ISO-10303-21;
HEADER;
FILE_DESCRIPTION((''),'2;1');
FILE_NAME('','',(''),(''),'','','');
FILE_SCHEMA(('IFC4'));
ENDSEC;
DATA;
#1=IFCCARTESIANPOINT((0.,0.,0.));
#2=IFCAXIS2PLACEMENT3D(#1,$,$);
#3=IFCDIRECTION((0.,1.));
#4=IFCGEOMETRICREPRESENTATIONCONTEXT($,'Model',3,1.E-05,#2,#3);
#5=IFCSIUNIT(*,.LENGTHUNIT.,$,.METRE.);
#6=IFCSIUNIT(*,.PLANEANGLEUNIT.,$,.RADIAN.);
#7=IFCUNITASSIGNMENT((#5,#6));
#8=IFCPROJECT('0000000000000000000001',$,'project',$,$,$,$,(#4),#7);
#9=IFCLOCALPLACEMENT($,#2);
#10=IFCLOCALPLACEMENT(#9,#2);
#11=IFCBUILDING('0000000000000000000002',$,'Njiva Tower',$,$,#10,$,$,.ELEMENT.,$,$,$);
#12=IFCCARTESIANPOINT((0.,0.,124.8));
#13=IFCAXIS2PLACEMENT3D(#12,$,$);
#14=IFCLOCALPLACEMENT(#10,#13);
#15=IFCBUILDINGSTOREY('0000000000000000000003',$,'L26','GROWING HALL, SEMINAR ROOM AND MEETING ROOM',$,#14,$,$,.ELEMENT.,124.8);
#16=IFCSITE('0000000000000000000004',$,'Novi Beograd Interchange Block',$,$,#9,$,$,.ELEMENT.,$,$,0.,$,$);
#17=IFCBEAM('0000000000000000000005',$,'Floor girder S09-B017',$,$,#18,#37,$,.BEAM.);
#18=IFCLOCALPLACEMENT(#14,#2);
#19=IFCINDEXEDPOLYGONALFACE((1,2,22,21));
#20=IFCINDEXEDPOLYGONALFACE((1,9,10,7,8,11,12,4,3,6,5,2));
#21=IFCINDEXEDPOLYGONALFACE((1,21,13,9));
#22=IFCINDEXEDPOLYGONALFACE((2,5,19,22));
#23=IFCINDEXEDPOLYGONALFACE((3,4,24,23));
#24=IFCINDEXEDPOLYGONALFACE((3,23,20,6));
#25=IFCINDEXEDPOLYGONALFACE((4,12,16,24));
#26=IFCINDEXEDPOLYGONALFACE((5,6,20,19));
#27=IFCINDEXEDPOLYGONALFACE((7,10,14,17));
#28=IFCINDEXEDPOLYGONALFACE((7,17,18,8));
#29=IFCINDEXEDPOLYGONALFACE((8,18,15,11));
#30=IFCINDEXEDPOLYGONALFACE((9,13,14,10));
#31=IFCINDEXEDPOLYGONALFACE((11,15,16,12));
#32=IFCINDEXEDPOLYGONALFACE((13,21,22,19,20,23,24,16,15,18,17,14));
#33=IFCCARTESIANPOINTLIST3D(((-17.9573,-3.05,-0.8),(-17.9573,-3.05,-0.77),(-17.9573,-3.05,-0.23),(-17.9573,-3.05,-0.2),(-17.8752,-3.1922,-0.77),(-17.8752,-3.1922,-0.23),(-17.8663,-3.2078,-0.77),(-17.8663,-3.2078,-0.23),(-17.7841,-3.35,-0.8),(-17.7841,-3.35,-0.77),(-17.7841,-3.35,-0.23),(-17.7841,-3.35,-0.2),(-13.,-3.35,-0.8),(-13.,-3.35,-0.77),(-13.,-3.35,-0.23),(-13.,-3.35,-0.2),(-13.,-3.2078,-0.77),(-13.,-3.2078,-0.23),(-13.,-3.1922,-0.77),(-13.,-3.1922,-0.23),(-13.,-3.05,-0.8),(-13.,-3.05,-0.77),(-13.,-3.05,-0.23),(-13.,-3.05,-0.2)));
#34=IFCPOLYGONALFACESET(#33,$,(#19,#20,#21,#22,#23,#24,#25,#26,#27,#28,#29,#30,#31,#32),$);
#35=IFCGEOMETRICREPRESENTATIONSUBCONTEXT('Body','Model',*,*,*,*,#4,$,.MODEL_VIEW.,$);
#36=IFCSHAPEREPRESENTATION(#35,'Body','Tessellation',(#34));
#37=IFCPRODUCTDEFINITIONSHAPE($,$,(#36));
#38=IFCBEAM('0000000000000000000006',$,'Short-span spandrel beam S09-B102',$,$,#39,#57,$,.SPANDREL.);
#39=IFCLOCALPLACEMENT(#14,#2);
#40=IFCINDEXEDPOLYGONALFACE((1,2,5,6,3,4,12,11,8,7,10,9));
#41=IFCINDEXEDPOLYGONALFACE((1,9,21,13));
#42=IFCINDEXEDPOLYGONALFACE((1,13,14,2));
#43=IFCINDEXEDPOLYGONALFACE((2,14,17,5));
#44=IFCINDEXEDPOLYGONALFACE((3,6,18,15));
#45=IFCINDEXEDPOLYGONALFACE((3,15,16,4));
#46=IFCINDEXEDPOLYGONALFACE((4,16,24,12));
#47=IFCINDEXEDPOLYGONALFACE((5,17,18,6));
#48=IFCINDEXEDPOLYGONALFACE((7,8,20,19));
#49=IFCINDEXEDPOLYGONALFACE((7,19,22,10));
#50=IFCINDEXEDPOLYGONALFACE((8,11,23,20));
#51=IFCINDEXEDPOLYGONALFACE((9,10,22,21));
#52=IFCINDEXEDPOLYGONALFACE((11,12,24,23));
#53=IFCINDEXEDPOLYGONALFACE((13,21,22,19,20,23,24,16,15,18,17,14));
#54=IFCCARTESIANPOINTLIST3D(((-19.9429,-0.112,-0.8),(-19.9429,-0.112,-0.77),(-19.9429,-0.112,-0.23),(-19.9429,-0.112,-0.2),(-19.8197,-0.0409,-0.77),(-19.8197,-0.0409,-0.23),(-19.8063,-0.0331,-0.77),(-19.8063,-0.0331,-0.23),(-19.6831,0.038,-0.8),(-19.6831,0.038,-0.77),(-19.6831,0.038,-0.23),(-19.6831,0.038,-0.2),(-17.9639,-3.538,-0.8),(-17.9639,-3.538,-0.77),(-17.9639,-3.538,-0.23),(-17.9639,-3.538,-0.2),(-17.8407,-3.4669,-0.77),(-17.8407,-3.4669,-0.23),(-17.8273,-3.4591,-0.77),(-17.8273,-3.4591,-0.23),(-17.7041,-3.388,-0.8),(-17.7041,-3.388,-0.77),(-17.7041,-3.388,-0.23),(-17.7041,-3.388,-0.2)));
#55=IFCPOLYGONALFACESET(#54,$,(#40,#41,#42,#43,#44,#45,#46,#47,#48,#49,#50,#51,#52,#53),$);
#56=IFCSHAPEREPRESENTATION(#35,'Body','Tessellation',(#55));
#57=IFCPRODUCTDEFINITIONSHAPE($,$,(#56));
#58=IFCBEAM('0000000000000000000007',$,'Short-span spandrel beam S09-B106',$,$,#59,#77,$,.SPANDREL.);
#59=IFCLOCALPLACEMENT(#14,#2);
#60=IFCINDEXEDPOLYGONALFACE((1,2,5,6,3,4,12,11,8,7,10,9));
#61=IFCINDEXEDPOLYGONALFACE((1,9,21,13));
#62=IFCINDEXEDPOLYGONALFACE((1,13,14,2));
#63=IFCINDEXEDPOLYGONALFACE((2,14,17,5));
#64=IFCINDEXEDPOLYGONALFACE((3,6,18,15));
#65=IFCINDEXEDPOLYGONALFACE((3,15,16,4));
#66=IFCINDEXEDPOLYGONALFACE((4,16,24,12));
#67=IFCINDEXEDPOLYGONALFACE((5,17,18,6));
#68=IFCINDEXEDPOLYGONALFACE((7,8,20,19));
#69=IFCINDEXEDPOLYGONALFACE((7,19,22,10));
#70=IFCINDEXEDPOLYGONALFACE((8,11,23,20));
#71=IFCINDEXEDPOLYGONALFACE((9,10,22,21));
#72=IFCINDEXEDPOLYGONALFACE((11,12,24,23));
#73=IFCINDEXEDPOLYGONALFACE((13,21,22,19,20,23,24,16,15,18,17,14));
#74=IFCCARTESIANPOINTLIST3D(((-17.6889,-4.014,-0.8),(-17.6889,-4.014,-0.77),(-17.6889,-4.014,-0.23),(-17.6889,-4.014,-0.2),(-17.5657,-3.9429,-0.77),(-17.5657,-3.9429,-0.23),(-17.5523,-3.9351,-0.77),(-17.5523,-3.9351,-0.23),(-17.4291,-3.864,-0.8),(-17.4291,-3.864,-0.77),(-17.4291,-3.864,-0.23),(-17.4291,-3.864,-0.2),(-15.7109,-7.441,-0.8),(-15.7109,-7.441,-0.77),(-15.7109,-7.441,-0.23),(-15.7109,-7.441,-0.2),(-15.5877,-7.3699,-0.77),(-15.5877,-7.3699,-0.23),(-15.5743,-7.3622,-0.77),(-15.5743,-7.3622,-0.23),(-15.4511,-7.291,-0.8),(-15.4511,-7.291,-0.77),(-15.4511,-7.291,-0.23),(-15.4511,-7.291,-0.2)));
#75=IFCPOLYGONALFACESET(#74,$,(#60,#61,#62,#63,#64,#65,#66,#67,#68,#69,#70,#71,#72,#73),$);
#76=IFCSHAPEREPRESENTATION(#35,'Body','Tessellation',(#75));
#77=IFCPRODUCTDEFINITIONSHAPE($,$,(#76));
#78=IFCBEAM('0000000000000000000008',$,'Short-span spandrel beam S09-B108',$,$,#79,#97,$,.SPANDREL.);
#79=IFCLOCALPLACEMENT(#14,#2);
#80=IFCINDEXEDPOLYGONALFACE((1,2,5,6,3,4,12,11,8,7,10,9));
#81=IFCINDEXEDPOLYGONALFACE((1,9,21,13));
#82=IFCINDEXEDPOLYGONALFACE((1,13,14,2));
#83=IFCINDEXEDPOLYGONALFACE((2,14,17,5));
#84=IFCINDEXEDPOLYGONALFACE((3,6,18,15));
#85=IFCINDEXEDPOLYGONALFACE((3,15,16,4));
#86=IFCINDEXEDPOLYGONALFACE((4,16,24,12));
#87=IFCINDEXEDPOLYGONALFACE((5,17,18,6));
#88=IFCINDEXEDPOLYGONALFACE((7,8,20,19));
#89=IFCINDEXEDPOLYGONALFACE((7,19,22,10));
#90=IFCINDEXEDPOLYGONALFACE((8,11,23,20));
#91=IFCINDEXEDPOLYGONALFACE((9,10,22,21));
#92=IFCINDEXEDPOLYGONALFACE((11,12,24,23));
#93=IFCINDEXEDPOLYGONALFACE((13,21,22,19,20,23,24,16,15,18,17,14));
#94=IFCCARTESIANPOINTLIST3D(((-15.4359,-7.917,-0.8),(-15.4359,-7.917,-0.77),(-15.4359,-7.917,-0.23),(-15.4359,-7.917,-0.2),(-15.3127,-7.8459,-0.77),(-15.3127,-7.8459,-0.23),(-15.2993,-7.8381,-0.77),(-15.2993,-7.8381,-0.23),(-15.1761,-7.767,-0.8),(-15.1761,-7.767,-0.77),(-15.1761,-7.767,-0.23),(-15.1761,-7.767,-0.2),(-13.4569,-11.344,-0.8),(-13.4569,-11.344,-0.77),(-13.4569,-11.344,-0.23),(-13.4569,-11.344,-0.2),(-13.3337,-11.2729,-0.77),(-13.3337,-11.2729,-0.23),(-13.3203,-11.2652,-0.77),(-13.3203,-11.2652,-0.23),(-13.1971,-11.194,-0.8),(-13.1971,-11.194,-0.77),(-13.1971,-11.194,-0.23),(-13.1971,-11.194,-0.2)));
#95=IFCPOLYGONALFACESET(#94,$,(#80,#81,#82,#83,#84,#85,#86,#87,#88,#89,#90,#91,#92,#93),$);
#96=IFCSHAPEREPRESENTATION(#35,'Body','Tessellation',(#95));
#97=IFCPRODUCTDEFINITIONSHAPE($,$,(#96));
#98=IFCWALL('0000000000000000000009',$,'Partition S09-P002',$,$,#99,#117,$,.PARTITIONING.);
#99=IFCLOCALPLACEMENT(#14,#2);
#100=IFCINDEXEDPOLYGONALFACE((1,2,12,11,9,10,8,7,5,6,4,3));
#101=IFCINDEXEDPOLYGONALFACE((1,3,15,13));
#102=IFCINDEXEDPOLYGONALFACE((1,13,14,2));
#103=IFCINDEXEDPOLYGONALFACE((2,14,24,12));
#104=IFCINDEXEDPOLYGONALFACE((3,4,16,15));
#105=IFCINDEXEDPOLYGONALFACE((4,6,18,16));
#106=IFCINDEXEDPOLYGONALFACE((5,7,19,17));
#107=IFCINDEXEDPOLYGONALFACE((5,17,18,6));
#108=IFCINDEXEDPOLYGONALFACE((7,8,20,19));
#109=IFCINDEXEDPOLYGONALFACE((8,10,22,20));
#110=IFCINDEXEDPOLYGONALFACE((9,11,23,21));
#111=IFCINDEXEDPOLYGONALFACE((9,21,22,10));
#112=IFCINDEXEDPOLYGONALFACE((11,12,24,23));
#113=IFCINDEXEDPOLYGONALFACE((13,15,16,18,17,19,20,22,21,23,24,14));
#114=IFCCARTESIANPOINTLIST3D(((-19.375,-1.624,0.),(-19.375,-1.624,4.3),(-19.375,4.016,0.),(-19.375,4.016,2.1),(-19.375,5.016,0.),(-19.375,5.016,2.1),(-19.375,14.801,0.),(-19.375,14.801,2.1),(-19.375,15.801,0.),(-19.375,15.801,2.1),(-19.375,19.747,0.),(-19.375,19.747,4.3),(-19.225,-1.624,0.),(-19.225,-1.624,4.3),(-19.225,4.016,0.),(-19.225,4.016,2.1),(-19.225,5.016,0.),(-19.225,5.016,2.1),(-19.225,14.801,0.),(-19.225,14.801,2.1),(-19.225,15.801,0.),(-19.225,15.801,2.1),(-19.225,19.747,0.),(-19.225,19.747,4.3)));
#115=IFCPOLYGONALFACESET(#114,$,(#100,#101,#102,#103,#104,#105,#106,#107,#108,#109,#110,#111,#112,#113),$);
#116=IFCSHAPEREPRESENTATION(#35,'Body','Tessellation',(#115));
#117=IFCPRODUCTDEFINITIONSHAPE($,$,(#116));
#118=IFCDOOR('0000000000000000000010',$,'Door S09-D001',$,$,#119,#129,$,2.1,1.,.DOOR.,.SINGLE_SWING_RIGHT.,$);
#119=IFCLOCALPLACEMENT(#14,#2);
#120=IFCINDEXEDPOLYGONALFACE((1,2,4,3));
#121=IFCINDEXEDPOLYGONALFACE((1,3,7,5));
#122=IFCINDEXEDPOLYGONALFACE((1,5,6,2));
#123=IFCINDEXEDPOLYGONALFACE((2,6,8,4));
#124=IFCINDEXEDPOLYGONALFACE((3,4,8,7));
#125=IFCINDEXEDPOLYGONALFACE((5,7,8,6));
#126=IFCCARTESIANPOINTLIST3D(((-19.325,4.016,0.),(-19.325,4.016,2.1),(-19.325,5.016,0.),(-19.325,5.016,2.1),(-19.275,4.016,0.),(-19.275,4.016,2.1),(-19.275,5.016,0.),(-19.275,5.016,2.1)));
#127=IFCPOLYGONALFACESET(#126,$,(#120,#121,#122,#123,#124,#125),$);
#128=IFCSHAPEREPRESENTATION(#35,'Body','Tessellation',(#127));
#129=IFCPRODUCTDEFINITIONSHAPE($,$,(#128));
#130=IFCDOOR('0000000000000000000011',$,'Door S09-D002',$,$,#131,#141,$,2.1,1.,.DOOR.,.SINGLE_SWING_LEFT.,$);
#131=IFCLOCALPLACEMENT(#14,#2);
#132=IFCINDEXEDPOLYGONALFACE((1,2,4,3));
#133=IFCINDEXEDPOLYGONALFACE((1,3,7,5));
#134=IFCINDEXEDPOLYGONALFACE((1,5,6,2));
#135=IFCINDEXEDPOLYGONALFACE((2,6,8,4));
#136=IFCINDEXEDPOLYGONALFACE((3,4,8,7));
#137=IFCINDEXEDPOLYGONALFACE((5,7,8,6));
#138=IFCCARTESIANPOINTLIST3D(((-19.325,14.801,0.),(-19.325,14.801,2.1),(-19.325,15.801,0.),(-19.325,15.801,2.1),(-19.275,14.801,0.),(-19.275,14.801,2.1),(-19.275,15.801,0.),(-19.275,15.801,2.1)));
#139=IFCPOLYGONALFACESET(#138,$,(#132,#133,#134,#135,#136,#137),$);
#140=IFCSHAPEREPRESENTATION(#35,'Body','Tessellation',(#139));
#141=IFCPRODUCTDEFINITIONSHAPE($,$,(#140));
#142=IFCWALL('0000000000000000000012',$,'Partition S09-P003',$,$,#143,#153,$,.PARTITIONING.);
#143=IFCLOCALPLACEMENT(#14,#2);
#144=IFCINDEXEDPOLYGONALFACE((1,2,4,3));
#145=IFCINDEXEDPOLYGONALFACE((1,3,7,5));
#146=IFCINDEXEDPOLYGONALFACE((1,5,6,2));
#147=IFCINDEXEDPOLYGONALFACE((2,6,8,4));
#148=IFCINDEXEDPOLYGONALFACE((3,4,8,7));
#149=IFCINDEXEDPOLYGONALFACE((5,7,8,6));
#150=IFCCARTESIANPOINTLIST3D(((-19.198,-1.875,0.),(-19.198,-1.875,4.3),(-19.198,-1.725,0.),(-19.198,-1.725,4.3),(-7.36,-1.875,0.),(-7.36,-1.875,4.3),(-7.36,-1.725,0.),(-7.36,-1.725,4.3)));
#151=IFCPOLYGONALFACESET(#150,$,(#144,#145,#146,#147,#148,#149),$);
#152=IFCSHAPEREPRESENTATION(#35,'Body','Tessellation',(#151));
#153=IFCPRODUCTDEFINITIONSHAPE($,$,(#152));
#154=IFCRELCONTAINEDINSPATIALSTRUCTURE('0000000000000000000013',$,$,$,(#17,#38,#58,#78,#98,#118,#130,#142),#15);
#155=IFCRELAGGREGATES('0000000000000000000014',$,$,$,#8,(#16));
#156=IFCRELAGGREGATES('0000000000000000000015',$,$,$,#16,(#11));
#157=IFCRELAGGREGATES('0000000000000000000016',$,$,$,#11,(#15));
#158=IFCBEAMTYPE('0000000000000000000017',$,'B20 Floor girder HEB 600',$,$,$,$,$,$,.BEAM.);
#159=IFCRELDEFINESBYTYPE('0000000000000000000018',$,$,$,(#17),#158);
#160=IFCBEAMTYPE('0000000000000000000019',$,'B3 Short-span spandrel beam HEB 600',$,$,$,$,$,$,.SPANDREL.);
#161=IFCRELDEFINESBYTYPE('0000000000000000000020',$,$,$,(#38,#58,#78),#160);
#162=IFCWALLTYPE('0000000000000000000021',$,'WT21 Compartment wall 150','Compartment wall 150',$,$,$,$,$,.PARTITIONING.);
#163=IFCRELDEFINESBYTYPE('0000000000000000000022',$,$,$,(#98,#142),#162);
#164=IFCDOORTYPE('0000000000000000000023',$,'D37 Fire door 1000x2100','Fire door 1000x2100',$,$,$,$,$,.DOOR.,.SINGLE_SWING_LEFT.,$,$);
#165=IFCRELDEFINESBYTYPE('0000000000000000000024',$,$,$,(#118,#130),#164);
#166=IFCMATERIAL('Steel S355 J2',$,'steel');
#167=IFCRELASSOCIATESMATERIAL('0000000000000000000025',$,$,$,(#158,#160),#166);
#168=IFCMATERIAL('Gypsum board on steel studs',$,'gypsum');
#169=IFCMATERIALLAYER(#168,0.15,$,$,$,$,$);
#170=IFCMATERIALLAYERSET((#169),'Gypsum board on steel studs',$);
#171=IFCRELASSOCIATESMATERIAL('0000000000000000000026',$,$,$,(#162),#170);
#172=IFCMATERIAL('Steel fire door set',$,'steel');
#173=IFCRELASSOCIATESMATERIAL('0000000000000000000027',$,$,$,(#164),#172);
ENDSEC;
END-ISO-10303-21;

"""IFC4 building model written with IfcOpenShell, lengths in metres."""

from ifc_helpers import new_model, si_unit, direction, frame, frame_2d, origin, origin_2d, place, context, subcontext, project, spatial, rectangle, i_section, extrude, clip, halfspace, material, layer, layer_set, material_profile, profile_set, type_object, element, fill, save


model = new_model("IFC4")

# Units and contexts
model_context = context("Model", 3, precision=1e-05, world=origin(), true_north=direction((0.0, 1.0)))
body_context = subcontext(model_context, "Body", "Model", "MODEL_VIEW")
ifc_project = project(units=[si_unit("LENGTHUNIT", "METRE"), si_unit("PLANEANGLEUNIT", "RADIAN")], contexts=[model_context])

# Site, building, storey
site_placement = place(None, origin())
site = spatial("IfcSite", under=ifc_project, at=site_placement, Name="Novi Beograd Interchange Block", CompositionType="ELEMENT", RefElevation=0.0)
building_placement = place(site_placement, origin())
building = spatial("IfcBuilding", under=site, at=building_placement, Name="Njiva Tower", CompositionType="ELEMENT")
storey_placement = place(building_placement, frame((0.0, 0.0, 124.8)))
storey = spatial("IfcBuildingStorey", under=building, at=storey_placement, Name="L26", Description="GROWING HALL, SEMINAR ROOM AND MEETING ROOM", CompositionType="ELEMENT", Elevation=124.8)

# Shared definitions
ifc_material_1 = material(Name="Steel S355 J2", Category="steel")

# Beams
ifc_material_profile_1 = material_profile(ifc_material_1, i_section(OverallWidth=0.3, OverallDepth=0.6, WebThickness=0.0155, FlangeThickness=0.03, at=origin_2d()), Name="HEB 600")
ifc_profile_set_1 = profile_set([ifc_material_profile_1], Name="Steel S355 J2")
beam_type_1 = type_object("IfcBeamType", Name="B20 Floor girder HEB 600", PredefinedType="BEAM", material=ifc_profile_set_1)
beam_1_placement = place(storey_placement, frame((-17.978, -3.2, -0.5), z_axis=(1.0, 0.0, 0.0), x_axis=(0.0, 1.0, 0.0)))
element("IfcBeam", 1, at=beam_1_placement, inside=storey, type_object=beam_type_1, Name="Floor girder S09-B017", PredefinedType="BEAM", context=body_context, shape_type="Clipping", body=[
    clip(extrude(i_section(OverallWidth=0.3, OverallDepth=0.6, WebThickness=0.0155, FlangeThickness=0.03, at=origin_2d()), origin(), (0.0, 0.0, 1.0), 4.978), halfspace(frame((-0.025, 0.0, 0.1217), z_axis=(-0.499998, 0.0, -0.866027), x_axis=(0.0, -1.0, 0.0)), False)),
])
ifc_material_profile_2 = material_profile(ifc_material_1, i_section(OverallWidth=0.3, OverallDepth=0.6, WebThickness=0.0155, FlangeThickness=0.03, at=origin_2d()), Name="HEB 600")
ifc_profile_set_2 = profile_set([ifc_material_profile_2], Name="Steel S355 J2")
beam_type_2 = type_object("IfcBeamType", Name="B3 Short-span spandrel beam HEB 600", PredefinedType="SPANDREL", material=ifc_profile_set_2)
beam_2_placement = place(storey_placement, frame((-19.813, -0.037, -0.5), z_axis=(0.500189, -0.865916, 0.0), x_axis=(0.865916, 0.500189, 0.0)))
element("IfcBeam", 2, at=beam_2_placement, inside=storey, type_object=beam_type_2, Name="Short-span spandrel beam S09-B102", PredefinedType="SPANDREL", context=body_context, shape_type="SweptSolid", body=[
    extrude(i_section(OverallWidth=0.3, OverallDepth=0.6, WebThickness=0.0155, FlangeThickness=0.03, at=origin_2d()), origin(), (0.0, 0.0, 1.0), 3.9565),
])
beam_3_placement = place(storey_placement, frame((-17.559, -3.939, -0.5), z_axis=(0.49989, -0.866089, 0.0), x_axis=(0.866089, 0.49989, 0.0)))
element("IfcBeam", 3, at=beam_3_placement, inside=storey, type_object=beam_type_2, Name="Short-span spandrel beam S09-B106", PredefinedType="SPANDREL", context=body_context, shape_type="SweptSolid", body=[
    extrude(i_section(OverallWidth=0.3, OverallDepth=0.6, WebThickness=0.0155, FlangeThickness=0.03, at=origin_2d()), origin(), (0.0, 0.0, 1.0), 3.9569),
])
beam_4_placement = place(storey_placement, frame((-15.306, -7.842, -0.5), z_axis=(0.50008, -0.865979, 0.0), x_axis=(0.865979, 0.50008, 0.0)))
element("IfcBeam", 4, at=beam_4_placement, inside=storey, type_object=beam_type_2, Name="Short-span spandrel beam S09-B108", PredefinedType="SPANDREL", context=body_context, shape_type="SweptSolid", body=[
    extrude(i_section(OverallWidth=0.3, OverallDepth=0.6, WebThickness=0.0155, FlangeThickness=0.03, at=origin_2d()), origin(), (0.0, 0.0, 1.0), 3.9574),
])

# Wall, openings, doors
ifc_material_2 = material(Name="Gypsum board on steel studs", Category="gypsum")
ifc_layer = layer(ifc_material_2, 0.15)
ifc_layer_set = layer_set([ifc_layer], Name="Gypsum board on steel studs")
wall_type = type_object("IfcWallType", Name="WT21 Compartment wall 150", Description="Compartment wall 150", PredefinedType="PARTITIONING", material=ifc_layer_set)
wall_1_placement = place(storey_placement, frame((-19.3, -1.624, 0.0), z_axis=(0.0, 0.0, 1.0), x_axis=(0.0, 1.0, 0.0)))
wall_1 = element("IfcWall", 5, at=wall_1_placement, inside=storey, type_object=wall_type, Name="Partition S09-P002", PredefinedType="PARTITIONING", context=body_context, shape_type="SweptSolid", body=[
    extrude(rectangle(XDim=21.371, YDim=0.15, at=frame_2d((10.6855, 0.0))), origin(), (0.0, 0.0, 1.0), 4.3),
])
opening_1_placement = place(wall_1_placement, frame((5.64, 0.0, 0.0)))
opening_1 = element("IfcOpeningElement", 6, at=opening_1_placement, cuts=wall_1, PredefinedType="OPENING", context=body_context, shape_type="SweptSolid", body=[
    extrude(rectangle(XDim=1.0, YDim=2.1, at=frame_2d((0.5, 1.05))), frame((0.0, 0.085, 0.0), z_axis=(0.0, -1.0, 0.0), x_axis=(1.0, 0.0, 0.0)), (0.0, 0.0, 1.0), 0.17),
])
opening_2_placement = place(wall_1_placement, frame((16.425, 0.0, 0.0)))
opening_2 = element("IfcOpeningElement", 7, at=opening_2_placement, cuts=wall_1, PredefinedType="OPENING", context=body_context, shape_type="SweptSolid", body=[
    extrude(rectangle(XDim=1.0, YDim=2.1, at=frame_2d((0.5, 1.05))), frame((0.0, 0.085, 0.0), z_axis=(0.0, -1.0, 0.0), x_axis=(1.0, 0.0, 0.0)), (0.0, 0.0, 1.0), 0.17),
])
ifc_material_3 = material(Name="Steel fire door set", Category="steel")
door_type = type_object("IfcDoorType", Name="D37 Fire door 1000x2100", Description="Fire door 1000x2100", OperationType="SINGLE_SWING_LEFT", PredefinedType="DOOR", material=ifc_material_3)
door_1_placement = place(opening_1_placement, origin())
door_1 = element("IfcDoor", 8, at=door_1_placement, inside=storey, type_object=door_type, Name="Door S09-D001", OperationType="SINGLE_SWING_RIGHT", OverallHeight=2.1, OverallWidth=1.0, PredefinedType="DOOR", context=body_context, shape_type="SweptSolid", body=[
    extrude(rectangle(XDim=1.0, YDim=2.1, at=frame_2d((0.5, 1.05))), frame((0.0, 0.025, 0.0), z_axis=(0.0, -1.0, 0.0), x_axis=(1.0, 0.0, 0.0)), (0.0, 0.0, 1.0), 0.05),
])
fill(opening_1, door_1)
door_2_placement = place(opening_2_placement, origin())
door_2 = element("IfcDoor", 9, at=door_2_placement, inside=storey, type_object=door_type, Name="Door S09-D002", OperationType="SINGLE_SWING_LEFT", OverallHeight=2.1, OverallWidth=1.0, PredefinedType="DOOR", context=body_context, shape_type="SweptSolid", body=[
    extrude(rectangle(XDim=1.0, YDim=2.1, at=frame_2d((0.5, 1.05))), frame((0.0, 0.025, 0.0), z_axis=(0.0, -1.0, 0.0), x_axis=(1.0, 0.0, 0.0)), (0.0, 0.0, 1.0), 0.05),
])
fill(opening_2, door_2)

# Wall
wall_2_placement = place(storey_placement, frame((-19.198, -1.8, 0.0), z_axis=(0.0, 0.0, 1.0), x_axis=(1.0, 0.0, 0.0)))
element("IfcWall", 10, at=wall_2_placement, inside=storey, type_object=wall_type, Name="Partition S09-P003", PredefinedType="PARTITIONING", context=body_context, shape_type="SweptSolid", body=[
    extrude(rectangle(XDim=11.838, YDim=0.15, at=frame_2d((5.919, 0.0))), origin(), (0.0, 0.0, 1.0), 4.3),
])

save(model, "model.ifc")
